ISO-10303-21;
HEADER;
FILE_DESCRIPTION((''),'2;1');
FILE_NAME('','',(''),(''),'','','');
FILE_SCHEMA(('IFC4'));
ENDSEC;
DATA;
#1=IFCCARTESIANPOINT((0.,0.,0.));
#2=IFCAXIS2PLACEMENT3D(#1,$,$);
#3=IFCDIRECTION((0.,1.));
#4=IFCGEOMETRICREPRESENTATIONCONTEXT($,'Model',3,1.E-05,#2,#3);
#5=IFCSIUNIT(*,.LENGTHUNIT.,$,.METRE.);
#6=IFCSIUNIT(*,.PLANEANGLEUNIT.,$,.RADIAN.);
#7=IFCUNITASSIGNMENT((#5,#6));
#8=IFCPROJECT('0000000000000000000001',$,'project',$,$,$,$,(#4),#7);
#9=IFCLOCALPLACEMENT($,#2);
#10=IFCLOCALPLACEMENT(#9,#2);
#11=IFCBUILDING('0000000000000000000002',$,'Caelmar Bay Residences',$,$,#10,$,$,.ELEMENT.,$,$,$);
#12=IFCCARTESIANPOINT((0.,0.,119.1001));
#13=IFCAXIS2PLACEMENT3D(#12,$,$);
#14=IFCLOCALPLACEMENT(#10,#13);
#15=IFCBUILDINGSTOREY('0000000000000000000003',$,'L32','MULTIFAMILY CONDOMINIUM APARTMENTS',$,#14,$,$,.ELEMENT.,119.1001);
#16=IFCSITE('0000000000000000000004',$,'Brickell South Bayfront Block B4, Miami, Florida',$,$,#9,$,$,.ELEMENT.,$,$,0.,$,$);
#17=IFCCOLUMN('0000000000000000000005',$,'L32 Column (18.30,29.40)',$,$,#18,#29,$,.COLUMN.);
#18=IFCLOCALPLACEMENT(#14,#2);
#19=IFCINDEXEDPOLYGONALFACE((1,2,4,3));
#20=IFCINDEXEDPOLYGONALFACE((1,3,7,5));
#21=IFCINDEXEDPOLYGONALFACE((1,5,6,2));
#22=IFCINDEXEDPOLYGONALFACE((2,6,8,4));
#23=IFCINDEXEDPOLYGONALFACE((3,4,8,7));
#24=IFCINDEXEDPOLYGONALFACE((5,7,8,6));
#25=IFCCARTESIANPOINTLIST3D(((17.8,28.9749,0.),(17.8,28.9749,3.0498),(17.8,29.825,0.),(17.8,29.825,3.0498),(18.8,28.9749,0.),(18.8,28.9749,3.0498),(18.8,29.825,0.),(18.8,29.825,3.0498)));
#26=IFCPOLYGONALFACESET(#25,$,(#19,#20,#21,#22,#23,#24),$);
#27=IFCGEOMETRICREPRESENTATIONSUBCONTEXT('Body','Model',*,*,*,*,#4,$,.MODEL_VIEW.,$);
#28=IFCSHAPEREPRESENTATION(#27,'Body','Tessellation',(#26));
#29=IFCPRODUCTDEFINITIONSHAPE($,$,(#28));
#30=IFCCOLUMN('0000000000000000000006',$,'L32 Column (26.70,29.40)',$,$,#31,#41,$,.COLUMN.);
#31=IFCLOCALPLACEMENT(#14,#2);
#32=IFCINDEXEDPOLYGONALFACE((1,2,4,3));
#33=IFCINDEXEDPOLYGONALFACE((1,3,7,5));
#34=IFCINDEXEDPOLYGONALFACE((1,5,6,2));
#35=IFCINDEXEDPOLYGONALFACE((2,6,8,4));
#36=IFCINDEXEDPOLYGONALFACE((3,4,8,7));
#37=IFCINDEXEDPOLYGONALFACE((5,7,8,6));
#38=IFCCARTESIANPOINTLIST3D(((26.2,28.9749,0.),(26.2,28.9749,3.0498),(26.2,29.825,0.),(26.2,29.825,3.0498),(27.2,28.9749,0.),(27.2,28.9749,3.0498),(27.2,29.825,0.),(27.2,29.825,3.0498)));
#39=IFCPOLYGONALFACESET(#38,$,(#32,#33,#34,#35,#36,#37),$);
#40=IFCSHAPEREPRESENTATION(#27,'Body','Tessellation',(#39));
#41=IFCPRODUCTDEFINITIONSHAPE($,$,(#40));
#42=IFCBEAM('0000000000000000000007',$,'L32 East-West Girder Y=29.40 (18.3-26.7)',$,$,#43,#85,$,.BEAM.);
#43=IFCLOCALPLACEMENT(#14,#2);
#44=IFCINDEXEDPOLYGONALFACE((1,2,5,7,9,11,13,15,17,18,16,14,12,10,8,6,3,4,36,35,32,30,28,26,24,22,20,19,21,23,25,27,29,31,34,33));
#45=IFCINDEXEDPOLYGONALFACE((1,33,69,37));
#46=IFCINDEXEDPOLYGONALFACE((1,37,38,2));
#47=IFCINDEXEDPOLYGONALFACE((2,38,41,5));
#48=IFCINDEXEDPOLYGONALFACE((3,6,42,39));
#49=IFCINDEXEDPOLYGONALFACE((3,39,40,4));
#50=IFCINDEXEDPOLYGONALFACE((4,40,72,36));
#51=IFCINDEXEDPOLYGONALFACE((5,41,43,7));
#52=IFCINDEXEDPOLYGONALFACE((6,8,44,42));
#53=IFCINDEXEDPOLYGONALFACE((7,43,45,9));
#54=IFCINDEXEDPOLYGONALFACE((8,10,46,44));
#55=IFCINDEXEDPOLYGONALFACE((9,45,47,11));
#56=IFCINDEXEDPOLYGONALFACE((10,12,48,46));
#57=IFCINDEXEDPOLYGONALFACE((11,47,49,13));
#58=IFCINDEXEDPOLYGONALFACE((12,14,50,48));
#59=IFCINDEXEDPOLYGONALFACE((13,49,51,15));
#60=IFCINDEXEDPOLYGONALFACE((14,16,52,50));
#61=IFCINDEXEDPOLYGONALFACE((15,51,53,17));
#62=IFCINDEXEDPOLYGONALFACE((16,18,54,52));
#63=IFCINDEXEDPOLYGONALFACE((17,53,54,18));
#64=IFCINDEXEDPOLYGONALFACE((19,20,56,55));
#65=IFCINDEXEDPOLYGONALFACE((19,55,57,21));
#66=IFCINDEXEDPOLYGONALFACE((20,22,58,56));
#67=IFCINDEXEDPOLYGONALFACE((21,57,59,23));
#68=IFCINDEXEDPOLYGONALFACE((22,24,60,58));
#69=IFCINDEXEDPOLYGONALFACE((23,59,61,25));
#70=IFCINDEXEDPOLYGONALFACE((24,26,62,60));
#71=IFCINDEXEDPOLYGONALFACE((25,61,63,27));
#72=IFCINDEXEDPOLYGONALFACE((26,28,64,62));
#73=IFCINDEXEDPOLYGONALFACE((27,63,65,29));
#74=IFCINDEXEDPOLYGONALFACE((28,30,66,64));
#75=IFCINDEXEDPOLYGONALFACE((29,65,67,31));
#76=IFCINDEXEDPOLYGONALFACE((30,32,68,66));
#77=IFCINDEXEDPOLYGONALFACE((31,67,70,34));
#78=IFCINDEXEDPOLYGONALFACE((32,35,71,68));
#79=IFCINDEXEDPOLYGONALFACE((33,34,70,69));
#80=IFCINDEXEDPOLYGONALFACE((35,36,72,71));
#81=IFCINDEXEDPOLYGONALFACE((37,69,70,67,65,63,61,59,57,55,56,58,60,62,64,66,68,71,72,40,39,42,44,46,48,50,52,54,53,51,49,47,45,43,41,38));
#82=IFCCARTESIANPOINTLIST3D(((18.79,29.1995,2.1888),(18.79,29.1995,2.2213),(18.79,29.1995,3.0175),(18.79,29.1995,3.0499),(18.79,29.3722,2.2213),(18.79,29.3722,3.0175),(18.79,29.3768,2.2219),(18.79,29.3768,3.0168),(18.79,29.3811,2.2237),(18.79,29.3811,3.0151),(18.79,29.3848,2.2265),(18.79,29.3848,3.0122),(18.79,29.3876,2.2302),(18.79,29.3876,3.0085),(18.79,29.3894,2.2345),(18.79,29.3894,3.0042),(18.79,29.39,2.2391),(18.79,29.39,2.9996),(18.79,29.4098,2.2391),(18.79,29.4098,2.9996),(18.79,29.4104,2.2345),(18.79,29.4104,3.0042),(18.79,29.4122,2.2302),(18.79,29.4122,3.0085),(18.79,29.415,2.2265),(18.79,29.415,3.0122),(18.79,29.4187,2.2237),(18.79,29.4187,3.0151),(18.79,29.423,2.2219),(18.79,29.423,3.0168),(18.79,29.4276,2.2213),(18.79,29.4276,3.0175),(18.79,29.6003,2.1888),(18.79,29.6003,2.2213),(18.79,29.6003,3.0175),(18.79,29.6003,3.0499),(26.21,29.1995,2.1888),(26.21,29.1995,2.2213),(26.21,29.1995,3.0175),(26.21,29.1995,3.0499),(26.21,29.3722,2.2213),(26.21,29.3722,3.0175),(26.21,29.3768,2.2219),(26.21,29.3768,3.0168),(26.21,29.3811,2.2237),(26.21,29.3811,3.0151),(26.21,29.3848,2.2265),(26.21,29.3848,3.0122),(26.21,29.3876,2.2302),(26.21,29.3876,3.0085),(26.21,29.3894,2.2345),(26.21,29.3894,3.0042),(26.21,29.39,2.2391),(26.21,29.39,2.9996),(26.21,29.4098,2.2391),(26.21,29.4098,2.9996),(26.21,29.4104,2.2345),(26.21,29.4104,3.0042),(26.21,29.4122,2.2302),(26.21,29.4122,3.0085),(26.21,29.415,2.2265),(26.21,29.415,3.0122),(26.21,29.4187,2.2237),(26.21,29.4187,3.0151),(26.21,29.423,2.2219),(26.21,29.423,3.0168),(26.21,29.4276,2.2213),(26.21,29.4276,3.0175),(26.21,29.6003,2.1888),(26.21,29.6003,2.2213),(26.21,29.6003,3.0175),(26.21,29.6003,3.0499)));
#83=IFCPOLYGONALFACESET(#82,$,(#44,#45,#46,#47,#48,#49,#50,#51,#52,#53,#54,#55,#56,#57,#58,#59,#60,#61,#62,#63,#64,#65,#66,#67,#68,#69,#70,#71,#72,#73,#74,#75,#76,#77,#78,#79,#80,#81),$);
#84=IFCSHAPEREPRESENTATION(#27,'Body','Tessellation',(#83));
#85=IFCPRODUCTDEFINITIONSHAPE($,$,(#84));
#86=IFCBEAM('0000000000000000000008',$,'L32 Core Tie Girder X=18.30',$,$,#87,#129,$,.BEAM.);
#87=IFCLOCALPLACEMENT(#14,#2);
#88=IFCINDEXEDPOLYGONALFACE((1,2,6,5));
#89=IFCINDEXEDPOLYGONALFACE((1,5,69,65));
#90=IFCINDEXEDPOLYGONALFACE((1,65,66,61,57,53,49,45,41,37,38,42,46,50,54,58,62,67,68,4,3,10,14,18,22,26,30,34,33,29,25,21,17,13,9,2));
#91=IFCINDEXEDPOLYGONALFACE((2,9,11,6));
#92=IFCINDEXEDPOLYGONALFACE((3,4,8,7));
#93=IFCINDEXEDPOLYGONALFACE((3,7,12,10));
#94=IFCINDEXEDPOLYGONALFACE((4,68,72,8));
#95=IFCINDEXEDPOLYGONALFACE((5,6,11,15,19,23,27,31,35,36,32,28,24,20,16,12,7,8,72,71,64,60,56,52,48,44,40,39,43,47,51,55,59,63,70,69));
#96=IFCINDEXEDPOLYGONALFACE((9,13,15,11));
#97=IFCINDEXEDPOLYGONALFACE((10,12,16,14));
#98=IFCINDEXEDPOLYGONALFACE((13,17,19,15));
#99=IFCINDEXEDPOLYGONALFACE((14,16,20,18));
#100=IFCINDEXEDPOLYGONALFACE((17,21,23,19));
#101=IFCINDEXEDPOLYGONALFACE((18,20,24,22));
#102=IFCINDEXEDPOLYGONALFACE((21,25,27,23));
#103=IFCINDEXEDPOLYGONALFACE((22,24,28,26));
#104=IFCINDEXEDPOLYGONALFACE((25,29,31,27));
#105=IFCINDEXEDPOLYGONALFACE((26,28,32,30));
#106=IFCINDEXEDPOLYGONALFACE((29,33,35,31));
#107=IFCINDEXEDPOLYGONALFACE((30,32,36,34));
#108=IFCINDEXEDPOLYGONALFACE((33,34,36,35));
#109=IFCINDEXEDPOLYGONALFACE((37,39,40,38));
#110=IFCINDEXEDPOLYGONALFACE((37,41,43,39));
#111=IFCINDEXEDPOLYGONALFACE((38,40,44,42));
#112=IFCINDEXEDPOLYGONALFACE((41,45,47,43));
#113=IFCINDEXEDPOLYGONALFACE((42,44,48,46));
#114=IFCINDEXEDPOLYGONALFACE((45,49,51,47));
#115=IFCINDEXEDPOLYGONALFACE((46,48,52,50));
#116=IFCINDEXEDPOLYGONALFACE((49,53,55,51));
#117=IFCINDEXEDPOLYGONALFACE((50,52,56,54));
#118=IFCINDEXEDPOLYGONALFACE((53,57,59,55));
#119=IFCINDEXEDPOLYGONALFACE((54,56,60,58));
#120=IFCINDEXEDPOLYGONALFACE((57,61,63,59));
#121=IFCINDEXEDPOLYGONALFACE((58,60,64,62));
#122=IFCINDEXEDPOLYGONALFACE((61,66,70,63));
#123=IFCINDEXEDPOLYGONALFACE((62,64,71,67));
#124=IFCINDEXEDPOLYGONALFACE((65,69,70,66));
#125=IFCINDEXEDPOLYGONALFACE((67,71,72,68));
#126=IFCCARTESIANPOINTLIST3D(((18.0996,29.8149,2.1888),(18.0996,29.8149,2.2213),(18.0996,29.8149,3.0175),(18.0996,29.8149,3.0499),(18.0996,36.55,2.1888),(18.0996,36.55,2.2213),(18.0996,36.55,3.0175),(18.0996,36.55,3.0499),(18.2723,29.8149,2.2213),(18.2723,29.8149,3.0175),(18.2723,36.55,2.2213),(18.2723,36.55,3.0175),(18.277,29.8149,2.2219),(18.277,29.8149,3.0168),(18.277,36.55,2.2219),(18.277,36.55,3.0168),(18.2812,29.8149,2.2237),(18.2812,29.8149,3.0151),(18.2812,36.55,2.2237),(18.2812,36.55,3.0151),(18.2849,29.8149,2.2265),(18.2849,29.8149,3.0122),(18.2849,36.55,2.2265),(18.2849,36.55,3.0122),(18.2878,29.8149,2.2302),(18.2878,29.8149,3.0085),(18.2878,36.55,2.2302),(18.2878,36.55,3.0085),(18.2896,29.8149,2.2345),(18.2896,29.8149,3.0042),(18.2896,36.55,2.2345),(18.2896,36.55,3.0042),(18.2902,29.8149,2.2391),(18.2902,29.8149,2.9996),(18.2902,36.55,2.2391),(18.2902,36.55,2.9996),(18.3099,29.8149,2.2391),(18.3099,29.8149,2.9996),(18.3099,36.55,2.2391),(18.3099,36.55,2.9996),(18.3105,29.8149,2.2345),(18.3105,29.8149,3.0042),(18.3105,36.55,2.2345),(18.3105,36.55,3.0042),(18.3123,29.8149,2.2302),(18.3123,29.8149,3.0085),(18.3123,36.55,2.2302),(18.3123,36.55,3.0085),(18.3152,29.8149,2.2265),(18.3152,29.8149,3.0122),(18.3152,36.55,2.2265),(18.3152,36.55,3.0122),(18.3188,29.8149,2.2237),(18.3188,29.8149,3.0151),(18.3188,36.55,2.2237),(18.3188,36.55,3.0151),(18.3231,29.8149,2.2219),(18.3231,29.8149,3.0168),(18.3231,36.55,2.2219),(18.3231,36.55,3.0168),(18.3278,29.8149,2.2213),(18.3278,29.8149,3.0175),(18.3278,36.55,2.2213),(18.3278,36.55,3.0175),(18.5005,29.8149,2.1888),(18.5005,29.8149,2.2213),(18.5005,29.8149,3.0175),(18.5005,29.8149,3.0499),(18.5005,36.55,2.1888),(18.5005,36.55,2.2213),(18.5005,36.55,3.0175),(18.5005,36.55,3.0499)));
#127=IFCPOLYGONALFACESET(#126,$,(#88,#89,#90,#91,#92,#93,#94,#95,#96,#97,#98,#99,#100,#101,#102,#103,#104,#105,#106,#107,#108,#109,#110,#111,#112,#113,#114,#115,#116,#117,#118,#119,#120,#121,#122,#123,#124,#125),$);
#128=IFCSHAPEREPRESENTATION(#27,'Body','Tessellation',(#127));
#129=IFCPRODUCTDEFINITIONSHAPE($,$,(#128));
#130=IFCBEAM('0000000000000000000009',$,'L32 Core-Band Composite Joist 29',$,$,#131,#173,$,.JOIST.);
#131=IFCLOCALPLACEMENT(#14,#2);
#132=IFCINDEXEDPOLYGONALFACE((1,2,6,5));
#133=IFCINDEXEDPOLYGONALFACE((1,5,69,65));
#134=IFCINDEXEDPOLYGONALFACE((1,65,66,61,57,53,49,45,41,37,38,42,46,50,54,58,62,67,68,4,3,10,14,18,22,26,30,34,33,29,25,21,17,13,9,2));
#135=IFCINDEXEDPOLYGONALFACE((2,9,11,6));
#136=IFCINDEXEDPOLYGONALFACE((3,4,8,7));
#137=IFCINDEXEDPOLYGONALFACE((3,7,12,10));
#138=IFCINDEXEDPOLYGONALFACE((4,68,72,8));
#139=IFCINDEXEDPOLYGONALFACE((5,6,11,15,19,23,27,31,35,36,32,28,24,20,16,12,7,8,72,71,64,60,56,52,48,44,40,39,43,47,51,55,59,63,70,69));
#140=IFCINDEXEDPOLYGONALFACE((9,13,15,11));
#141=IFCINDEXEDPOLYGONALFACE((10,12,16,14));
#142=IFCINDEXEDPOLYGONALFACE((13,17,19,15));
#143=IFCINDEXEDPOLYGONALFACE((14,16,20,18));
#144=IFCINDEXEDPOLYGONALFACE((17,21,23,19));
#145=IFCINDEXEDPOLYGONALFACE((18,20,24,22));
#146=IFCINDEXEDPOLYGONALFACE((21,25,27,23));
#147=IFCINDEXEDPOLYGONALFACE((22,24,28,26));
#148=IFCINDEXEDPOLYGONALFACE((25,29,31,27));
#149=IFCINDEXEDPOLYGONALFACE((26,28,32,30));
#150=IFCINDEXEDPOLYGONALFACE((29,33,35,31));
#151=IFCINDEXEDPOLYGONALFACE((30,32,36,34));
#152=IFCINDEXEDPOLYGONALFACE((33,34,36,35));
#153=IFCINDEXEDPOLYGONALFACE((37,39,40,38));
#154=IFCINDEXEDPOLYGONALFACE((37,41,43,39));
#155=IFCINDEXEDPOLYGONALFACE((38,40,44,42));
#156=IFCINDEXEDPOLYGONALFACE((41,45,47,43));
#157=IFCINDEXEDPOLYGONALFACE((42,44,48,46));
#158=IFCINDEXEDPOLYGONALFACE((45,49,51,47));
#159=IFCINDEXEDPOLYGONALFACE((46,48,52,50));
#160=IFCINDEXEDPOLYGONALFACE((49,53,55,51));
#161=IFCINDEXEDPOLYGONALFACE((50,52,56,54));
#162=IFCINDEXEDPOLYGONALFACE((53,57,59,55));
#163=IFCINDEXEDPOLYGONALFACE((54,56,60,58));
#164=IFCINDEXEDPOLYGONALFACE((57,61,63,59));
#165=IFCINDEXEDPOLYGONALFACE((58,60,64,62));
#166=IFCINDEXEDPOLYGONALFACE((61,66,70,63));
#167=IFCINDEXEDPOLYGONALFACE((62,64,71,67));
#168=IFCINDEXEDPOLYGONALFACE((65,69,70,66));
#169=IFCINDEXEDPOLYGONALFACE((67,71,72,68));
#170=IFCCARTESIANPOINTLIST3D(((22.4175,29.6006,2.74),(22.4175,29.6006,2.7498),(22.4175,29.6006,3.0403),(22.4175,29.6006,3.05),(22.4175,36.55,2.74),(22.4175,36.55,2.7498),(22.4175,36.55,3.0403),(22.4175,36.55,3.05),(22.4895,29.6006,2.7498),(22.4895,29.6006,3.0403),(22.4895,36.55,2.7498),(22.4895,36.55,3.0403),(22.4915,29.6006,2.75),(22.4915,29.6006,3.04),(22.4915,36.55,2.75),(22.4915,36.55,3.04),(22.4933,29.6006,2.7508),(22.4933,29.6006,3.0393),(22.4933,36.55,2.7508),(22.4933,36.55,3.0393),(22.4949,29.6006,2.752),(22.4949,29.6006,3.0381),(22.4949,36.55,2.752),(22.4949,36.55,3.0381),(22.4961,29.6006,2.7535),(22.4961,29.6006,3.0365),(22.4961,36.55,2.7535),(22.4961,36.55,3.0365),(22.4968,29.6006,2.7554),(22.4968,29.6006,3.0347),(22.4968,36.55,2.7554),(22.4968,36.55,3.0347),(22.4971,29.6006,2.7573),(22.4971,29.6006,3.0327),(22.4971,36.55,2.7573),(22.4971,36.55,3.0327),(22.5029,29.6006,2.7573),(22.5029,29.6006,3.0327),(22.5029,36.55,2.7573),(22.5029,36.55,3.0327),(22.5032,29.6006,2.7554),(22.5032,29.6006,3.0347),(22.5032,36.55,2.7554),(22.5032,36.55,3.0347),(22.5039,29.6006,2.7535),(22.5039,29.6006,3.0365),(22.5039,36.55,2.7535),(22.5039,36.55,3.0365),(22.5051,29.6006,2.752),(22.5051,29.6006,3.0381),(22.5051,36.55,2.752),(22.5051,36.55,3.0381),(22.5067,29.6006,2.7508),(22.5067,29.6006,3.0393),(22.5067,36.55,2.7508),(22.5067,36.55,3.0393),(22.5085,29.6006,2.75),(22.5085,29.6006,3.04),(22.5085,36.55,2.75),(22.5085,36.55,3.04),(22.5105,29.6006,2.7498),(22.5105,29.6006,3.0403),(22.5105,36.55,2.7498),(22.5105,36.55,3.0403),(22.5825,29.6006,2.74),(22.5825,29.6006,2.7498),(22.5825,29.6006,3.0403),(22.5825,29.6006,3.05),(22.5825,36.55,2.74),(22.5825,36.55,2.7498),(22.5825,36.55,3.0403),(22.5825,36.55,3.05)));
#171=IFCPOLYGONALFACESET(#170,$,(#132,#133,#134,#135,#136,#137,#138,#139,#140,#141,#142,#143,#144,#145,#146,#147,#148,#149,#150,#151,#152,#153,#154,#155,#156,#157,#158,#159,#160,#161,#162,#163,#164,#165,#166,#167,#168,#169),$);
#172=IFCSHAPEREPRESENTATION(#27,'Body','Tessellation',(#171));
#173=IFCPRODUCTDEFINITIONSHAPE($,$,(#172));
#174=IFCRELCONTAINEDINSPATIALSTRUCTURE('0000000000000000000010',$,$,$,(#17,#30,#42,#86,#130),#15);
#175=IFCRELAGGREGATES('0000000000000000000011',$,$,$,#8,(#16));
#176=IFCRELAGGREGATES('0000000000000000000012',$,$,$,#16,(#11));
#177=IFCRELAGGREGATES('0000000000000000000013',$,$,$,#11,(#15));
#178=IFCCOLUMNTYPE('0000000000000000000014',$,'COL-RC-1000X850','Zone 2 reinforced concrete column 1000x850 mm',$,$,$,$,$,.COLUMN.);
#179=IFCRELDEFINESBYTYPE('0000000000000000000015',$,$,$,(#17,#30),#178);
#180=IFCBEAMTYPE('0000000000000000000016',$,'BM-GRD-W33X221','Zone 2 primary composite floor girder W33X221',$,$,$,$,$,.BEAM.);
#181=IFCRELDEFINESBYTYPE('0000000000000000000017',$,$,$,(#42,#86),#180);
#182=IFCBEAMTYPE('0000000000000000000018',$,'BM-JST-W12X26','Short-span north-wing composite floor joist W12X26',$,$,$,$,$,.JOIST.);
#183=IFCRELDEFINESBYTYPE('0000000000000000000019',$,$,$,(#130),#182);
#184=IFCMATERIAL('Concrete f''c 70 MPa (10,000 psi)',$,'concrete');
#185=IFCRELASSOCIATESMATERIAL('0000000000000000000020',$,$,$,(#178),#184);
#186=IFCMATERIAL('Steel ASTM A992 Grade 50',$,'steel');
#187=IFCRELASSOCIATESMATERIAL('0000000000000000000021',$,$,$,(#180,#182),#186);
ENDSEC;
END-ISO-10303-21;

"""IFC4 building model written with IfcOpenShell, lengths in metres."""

from ifc_helpers import new_model, si_unit, direction, frame, origin, origin_2d, place, context, subcontext, project, spatial, rectangle, i_section, extrude, material, material_profile, profile_set, type_object, element, save


model = new_model("IFC4")

# Units and contexts
model_context = context("Model", 3, precision=1e-05, world=origin(), true_north=direction((0.0, 1.0)))
body_context = subcontext(model_context, "Body", "Model", "MODEL_VIEW")
ifc_project = project(units=[si_unit("LENGTHUNIT", "METRE"), si_unit("PLANEANGLEUNIT", "RADIAN")], contexts=[model_context])

# Site, building, storey
site_placement = place(None, origin())
site = spatial("IfcSite", under=ifc_project, at=site_placement, Name="Brickell South Bayfront Block B4, Miami, Florida", CompositionType="ELEMENT", RefElevation=0.0)
building_placement = place(site_placement, origin())
building = spatial("IfcBuilding", under=site, at=building_placement, Name="Caelmar Bay Residences", CompositionType="ELEMENT")
storey_placement = place(building_placement, frame((0.0, 0.0, 119.1001)))
storey = spatial("IfcBuildingStorey", under=building, at=storey_placement, Name="L32", Description="MULTIFAMILY CONDOMINIUM APARTMENTS", CompositionType="ELEMENT", Elevation=119.1001)

# Columns
ifc_material_1 = material(Name="Concrete f'c 70 MPa (10,000 psi)", Category="concrete")
ifc_material_profile_1 = material_profile(ifc_material_1, rectangle(XDim=1.0, YDim=0.8501, at=origin_2d()), Name="RC-COL-1000X850")
ifc_profile_set_1 = profile_set([ifc_material_profile_1], Name="Concrete f'c 70 MPa (10,000 psi)")
column_type = type_object("IfcColumnType", Name="COL-RC-1000X850", Description="Zone 2 reinforced concrete column 1000x850 mm", PredefinedType="COLUMN", material=ifc_profile_set_1)
for number, where, z_axis, x_axis, name in (
    (1, (18.3, 29.3999, 0.0), (0.0, 0.0, 1.0), (1.0, 0.0, 0.0), "L32 Column (18.30,29.40)"),
    (2, (26.7, 29.3999, 0.0), (0.0, 0.0, 1.0), (1.0, 0.0, 0.0), "L32 Column (26.70,29.40)"),
):
    element("IfcColumn", number, at=place(storey_placement, frame(where, z_axis=z_axis, x_axis=x_axis)), inside=storey, type_object=column_type, Name=name, PredefinedType="COLUMN", context=body_context, shape_type="SweptSolid", body=[
        extrude(rectangle(XDim=1.0, YDim=0.8501, at=origin_2d()), origin(), (0.0, 0.0, 1.0), 3.0498),
    ])

# Beams
ifc_material_2 = material(Name="Steel ASTM A992 Grade 50", Category="steel")
ifc_material_profile_2 = material_profile(ifc_material_2, i_section(OverallWidth=0.4009, OverallDepth=0.8611, WebThickness=0.0198, FlangeThickness=0.0325, FilletRadius=0.0178, at=origin_2d()), Name="W33X221")
ifc_profile_set_2 = profile_set([ifc_material_profile_2], Name="Steel ASTM A992 Grade 50")
beam_type_1 = type_object("IfcBeamType", Name="BM-GRD-W33X221", Description="Zone 2 primary composite floor girder W33X221", PredefinedType="BEAM", material=ifc_profile_set_2)
beam_1_placement = place(storey_placement, frame((18.79, 29.3999, 2.6194), z_axis=(1.0, 0.0, 0.0), x_axis=(0.0, 1.0, 0.0)))
element("IfcBeam", 3, at=beam_1_placement, inside=storey, type_object=beam_type_1, Name="L32 East-West Girder Y=29.40 (18.3-26.7)", PredefinedType="BEAM", context=body_context, shape_type="SweptSolid", body=[
    extrude(i_section(OverallWidth=0.4009, OverallDepth=0.8611, WebThickness=0.0198, FlangeThickness=0.0325, FilletRadius=0.0178, at=origin_2d()), origin(), (0.0, 0.0, 1.0), 7.4199),
])
beam_2_placement = place(storey_placement, frame((18.3, 29.8149, 2.6194), z_axis=(0.0, 1.0, 0.0), x_axis=(-1.0, 0.0, 0.0)))
element("IfcBeam", 4, at=beam_2_placement, inside=storey, type_object=beam_type_1, Name="L32 Core Tie Girder X=18.30", PredefinedType="BEAM", context=body_context, shape_type="SweptSolid", body=[
    extrude(i_section(OverallWidth=0.4009, OverallDepth=0.8611, WebThickness=0.0198, FlangeThickness=0.0325, FilletRadius=0.0178, at=origin_2d()), origin(), (0.0, 0.0, 1.0), 6.7351),
])
ifc_material_profile_3 = material_profile(ifc_material_2, i_section(OverallWidth=0.165, OverallDepth=0.3101, WebThickness=0.0059, FlangeThickness=0.0098, FilletRadius=0.0076, at=origin_2d()), Name="W12X26")
ifc_profile_set_3 = profile_set([ifc_material_profile_3], Name="Steel ASTM A992 Grade 50")
beam_type_2 = type_object("IfcBeamType", Name="BM-JST-W12X26", Description="Short-span north-wing composite floor joist W12X26", PredefinedType="JOIST", material=ifc_profile_set_3)
beam_3_placement = place(storey_placement, frame((22.5, 29.6006, 2.895), z_axis=(0.0, 1.0, 0.0), x_axis=(-1.0, 0.0, 0.0)))
element("IfcBeam", 5, at=beam_3_placement, inside=storey, type_object=beam_type_2, Name="L32 Core-Band Composite Joist 29", PredefinedType="JOIST", context=body_context, shape_type="SweptSolid", body=[
    extrude(i_section(OverallWidth=0.165, OverallDepth=0.3101, WebThickness=0.0059, FlangeThickness=0.0098, FilletRadius=0.0076, at=origin_2d()), origin(), (0.0, 0.0, 1.0), 6.9495),
])

save(model, "model.ifc")
